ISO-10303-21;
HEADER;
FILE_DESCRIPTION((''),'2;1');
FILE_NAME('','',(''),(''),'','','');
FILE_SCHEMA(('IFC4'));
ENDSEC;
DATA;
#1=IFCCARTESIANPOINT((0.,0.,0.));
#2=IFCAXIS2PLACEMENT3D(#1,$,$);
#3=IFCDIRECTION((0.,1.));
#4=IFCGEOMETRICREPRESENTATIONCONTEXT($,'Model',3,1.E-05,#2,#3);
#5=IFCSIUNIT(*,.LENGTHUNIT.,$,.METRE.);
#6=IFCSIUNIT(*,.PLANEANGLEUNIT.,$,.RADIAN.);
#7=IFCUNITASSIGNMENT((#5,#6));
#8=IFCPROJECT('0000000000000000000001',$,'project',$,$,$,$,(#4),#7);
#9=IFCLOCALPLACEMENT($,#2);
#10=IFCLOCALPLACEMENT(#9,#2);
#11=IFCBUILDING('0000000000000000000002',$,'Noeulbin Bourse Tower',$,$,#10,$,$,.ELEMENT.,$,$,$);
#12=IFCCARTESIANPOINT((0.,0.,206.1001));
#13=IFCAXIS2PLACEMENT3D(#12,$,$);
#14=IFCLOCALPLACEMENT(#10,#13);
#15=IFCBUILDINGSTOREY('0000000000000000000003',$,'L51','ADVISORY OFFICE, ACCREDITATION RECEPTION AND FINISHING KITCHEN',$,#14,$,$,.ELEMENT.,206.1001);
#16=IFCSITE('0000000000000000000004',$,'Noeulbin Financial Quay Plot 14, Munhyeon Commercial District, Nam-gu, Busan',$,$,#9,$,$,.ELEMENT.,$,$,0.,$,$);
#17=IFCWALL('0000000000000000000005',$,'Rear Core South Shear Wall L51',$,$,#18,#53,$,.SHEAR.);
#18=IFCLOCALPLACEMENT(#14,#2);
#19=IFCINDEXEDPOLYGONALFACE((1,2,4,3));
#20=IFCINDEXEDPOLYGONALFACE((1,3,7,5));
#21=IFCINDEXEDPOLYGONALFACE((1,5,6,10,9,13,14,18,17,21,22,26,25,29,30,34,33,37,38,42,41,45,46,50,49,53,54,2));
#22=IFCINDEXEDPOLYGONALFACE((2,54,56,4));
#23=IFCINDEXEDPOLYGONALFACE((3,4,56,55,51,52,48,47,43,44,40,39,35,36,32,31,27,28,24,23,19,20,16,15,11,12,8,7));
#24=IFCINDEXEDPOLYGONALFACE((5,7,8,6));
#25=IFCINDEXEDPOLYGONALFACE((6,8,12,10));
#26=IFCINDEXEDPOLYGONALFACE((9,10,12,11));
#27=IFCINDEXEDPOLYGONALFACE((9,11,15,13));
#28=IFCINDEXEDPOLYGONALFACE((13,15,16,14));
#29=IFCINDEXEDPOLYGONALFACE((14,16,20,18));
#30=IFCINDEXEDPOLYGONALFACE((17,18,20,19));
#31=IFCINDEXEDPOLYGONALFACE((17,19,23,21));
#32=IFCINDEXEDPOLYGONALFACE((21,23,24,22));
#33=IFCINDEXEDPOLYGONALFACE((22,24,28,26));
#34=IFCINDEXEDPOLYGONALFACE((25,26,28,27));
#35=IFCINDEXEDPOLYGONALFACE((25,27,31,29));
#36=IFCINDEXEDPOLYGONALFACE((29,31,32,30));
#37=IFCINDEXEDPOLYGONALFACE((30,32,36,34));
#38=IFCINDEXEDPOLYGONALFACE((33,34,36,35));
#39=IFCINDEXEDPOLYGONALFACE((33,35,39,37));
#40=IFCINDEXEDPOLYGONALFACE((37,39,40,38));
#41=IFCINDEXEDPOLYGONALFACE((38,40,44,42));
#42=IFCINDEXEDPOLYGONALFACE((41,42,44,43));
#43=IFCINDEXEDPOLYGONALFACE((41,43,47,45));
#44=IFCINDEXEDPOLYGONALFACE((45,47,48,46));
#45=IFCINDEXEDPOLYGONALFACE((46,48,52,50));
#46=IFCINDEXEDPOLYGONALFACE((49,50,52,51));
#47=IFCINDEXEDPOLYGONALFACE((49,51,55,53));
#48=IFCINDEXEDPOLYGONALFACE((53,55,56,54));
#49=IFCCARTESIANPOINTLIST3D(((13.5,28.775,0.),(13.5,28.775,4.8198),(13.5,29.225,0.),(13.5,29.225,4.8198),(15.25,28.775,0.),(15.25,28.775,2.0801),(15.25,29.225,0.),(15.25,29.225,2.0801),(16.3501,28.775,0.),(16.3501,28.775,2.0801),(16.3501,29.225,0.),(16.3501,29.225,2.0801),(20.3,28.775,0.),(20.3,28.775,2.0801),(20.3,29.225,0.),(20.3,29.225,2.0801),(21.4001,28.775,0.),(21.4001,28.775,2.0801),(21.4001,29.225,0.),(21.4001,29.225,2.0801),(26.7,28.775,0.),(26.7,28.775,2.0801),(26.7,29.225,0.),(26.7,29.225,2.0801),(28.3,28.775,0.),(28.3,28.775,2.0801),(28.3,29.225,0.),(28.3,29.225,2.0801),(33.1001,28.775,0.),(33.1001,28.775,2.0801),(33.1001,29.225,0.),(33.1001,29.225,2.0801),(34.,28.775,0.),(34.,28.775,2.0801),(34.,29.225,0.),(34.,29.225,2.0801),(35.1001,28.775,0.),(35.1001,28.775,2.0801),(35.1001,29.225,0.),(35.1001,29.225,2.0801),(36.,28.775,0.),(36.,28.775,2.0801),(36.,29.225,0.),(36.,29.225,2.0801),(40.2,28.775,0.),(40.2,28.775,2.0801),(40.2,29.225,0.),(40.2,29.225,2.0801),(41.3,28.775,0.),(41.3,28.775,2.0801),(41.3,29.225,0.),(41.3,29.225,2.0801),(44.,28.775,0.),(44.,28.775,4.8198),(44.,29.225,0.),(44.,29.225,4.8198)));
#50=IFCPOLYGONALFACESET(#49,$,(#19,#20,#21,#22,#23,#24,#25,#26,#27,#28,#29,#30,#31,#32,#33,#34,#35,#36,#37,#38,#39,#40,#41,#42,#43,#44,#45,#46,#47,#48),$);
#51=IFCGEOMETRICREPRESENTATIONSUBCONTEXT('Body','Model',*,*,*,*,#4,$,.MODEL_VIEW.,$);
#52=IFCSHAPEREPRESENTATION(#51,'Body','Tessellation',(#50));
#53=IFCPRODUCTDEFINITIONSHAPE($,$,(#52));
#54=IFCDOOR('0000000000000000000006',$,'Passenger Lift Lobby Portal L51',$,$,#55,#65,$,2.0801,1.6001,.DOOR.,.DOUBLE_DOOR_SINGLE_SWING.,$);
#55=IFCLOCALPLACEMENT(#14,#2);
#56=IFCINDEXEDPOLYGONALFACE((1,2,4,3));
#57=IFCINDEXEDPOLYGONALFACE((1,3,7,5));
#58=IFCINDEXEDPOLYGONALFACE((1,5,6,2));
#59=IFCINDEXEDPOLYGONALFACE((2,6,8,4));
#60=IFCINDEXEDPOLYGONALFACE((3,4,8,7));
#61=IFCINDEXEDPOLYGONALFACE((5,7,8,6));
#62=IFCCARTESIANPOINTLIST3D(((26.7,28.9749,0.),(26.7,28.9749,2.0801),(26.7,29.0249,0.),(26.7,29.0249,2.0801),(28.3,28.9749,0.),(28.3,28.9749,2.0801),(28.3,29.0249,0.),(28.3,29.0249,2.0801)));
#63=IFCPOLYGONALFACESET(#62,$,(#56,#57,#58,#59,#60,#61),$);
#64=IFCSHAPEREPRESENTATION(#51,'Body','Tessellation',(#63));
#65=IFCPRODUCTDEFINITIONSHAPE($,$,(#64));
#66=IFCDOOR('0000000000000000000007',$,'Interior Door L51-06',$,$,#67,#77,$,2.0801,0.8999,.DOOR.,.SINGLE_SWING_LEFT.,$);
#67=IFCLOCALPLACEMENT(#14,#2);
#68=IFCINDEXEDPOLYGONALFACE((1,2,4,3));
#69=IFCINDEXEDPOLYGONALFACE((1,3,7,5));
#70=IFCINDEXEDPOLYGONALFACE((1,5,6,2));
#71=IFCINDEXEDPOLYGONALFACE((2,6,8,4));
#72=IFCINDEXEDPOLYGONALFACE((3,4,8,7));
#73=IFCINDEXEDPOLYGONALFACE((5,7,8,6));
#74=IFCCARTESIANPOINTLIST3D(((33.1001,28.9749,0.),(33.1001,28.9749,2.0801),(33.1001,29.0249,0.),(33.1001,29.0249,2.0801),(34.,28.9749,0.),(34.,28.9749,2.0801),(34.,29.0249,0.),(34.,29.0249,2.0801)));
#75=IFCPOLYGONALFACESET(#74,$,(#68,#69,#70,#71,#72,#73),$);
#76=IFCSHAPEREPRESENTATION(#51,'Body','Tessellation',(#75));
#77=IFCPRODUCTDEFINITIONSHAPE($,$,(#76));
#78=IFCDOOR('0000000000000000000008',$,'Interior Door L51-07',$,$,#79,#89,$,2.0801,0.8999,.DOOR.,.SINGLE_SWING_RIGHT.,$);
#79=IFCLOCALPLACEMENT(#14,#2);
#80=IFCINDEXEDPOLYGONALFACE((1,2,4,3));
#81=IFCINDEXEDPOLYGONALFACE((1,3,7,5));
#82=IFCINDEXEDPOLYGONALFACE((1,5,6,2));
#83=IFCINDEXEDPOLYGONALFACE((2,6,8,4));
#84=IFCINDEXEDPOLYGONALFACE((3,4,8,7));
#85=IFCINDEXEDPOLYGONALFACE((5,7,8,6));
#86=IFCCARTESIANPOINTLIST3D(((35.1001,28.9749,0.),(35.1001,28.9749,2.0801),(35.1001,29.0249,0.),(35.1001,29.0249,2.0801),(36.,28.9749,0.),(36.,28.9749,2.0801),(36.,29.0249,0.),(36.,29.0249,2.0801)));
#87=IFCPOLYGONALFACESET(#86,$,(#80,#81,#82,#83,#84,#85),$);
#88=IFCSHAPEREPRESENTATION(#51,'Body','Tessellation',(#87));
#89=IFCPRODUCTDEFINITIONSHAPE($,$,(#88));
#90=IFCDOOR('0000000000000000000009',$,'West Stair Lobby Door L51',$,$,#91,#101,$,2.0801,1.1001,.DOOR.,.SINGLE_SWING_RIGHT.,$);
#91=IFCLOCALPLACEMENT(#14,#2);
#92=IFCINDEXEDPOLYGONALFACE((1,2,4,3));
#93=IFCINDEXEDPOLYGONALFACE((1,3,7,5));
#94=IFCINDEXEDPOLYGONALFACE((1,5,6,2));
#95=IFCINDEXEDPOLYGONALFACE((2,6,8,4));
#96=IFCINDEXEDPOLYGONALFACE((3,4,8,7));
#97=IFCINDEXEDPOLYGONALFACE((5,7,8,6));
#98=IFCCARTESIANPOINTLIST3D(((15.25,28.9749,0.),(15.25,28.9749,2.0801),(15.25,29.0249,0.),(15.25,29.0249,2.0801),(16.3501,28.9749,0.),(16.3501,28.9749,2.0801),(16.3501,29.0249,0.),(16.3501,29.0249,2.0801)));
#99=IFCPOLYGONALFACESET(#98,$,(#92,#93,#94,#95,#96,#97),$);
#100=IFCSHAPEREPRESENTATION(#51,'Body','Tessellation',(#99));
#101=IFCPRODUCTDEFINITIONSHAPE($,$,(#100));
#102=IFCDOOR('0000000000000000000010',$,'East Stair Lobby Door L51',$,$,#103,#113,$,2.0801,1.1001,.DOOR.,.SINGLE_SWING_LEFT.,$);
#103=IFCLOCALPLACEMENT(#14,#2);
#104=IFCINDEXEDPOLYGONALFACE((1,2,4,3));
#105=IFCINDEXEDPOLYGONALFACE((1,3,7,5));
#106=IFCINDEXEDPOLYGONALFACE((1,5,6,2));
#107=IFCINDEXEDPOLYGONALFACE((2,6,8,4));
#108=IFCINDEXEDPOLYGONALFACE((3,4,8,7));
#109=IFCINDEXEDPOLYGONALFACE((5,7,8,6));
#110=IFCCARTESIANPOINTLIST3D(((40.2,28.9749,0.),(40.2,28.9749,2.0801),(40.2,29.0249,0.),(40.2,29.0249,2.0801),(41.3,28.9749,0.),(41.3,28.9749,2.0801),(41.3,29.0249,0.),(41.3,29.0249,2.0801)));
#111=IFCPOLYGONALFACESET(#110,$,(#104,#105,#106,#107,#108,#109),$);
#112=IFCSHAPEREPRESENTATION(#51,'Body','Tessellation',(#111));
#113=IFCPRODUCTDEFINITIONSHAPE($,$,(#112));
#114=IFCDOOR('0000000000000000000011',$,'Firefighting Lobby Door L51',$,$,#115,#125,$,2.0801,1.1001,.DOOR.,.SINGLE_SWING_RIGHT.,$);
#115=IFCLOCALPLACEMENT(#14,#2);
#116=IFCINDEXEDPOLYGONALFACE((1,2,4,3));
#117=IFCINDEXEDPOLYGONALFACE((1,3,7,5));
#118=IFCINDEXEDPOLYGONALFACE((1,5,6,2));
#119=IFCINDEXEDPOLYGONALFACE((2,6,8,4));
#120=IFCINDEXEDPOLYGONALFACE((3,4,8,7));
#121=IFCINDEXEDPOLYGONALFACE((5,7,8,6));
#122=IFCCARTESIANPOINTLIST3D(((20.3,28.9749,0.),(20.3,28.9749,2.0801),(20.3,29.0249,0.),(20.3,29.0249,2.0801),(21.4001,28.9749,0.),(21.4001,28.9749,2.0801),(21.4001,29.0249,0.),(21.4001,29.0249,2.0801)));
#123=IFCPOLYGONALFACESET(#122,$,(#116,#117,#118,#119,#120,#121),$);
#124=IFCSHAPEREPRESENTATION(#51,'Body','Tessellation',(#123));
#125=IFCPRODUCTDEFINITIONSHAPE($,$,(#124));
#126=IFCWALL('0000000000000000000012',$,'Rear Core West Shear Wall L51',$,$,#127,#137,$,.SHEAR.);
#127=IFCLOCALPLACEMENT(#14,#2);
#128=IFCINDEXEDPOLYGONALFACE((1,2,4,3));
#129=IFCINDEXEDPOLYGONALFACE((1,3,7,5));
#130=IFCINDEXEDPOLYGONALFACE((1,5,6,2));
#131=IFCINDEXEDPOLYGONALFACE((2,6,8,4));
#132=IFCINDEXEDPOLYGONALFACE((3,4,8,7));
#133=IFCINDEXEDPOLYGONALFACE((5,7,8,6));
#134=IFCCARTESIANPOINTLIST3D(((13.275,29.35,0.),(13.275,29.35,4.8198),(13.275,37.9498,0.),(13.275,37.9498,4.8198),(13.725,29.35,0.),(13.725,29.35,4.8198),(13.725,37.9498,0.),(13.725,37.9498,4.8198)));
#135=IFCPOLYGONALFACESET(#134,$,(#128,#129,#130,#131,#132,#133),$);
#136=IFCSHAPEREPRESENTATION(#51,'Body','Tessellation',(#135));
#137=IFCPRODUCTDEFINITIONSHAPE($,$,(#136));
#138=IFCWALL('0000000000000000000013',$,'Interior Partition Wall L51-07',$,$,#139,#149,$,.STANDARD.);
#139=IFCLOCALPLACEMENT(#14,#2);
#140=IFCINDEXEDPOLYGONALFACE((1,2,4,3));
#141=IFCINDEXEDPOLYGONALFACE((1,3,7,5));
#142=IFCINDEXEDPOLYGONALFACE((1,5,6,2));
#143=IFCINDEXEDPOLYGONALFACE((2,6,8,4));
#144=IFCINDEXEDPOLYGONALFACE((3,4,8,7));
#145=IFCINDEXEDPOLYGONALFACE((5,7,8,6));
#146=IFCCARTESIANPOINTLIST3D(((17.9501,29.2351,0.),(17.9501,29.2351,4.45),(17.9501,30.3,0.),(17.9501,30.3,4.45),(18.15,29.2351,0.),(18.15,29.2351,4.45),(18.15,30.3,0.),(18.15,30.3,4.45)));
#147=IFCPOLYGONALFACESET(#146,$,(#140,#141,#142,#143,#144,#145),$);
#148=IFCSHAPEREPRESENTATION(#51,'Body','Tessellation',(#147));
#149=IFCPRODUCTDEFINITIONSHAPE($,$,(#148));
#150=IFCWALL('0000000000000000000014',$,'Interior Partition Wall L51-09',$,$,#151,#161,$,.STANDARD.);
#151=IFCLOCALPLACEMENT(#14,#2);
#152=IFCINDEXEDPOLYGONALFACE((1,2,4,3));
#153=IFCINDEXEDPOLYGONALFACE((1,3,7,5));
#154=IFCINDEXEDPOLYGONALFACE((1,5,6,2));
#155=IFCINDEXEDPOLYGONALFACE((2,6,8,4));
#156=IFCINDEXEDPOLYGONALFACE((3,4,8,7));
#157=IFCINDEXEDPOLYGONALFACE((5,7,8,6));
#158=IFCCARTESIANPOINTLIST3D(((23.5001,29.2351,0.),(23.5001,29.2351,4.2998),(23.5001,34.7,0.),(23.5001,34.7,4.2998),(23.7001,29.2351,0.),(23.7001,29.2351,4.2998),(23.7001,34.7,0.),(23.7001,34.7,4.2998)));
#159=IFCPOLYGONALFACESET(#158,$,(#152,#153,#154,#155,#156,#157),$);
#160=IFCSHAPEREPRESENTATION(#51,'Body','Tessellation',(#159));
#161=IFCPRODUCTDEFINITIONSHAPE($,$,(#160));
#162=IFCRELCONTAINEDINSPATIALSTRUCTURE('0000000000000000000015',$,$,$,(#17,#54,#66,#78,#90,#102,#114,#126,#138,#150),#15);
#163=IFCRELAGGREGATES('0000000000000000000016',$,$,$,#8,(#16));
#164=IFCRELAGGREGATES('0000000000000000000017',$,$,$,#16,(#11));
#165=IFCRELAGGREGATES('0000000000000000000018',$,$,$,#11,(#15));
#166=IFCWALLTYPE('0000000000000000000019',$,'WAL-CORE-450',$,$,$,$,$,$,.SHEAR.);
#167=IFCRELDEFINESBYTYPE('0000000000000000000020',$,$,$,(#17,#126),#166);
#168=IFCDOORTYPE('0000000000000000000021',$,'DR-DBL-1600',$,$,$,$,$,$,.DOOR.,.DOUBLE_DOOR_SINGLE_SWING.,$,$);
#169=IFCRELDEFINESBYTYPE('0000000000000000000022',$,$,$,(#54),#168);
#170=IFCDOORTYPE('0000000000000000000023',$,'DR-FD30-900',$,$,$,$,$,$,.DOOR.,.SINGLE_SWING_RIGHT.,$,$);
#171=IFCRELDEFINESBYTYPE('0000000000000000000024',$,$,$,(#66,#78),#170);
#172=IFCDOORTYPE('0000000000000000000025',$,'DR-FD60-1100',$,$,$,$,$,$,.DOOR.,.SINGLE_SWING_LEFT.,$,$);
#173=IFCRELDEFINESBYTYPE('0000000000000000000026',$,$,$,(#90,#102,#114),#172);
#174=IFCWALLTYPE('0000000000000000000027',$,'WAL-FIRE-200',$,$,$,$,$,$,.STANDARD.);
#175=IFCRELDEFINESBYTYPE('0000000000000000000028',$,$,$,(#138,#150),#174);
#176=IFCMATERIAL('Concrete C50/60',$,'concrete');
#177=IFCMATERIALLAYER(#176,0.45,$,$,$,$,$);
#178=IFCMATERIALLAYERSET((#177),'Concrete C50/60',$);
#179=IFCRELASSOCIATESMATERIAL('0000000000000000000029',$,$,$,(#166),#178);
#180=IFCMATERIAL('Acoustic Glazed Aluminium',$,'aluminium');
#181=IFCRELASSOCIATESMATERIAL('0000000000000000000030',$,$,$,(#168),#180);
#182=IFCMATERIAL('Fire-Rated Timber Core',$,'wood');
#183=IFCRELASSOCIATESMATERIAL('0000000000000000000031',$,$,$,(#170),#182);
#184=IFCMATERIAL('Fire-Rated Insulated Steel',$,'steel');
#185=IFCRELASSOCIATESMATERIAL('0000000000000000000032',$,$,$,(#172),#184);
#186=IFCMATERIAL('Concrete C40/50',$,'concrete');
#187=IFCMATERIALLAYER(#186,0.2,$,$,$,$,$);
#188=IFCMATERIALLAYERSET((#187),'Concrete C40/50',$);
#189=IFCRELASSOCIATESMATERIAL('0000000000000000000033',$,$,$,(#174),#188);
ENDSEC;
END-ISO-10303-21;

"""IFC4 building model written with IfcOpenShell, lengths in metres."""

from ifc_helpers import new_model, si_unit, direction, frame, frame_2d, origin, place, context, subcontext, project, spatial, rectangle, extrude, material, layer, layer_set, type_object, element, fill, save


model = new_model("IFC4")

# Units and contexts
model_context = context("Model", 3, precision=1e-05, world=origin(), true_north=direction((0.0, 1.0)))
body_context = subcontext(model_context, "Body", "Model", "MODEL_VIEW")
ifc_project = project(units=[si_unit("LENGTHUNIT", "METRE"), si_unit("PLANEANGLEUNIT", "RADIAN")], contexts=[model_context])

# Site, building, storey
site_placement = place(None, origin())
site = spatial("IfcSite", under=ifc_project, at=site_placement, Name="Noeulbin Financial Quay Plot 14, Munhyeon Commercial District, Nam-gu, Busan", CompositionType="ELEMENT", RefElevation=0.0)
building_placement = place(site_placement, origin())
building = spatial("IfcBuilding", under=site, at=building_placement, Name="Noeulbin Bourse Tower", CompositionType="ELEMENT")
storey_placement = place(building_placement, frame((0.0, 0.0, 206.1001)))
storey = spatial("IfcBuildingStorey", under=building, at=storey_placement, Name="L51", Description="ADVISORY OFFICE, ACCREDITATION RECEPTION AND FINISHING KITCHEN", CompositionType="ELEMENT", Elevation=206.1001)

# Wall, openings, doors
ifc_material_1 = material(Name="Concrete C50/60", Category="concrete")
ifc_layer_1 = layer(ifc_material_1, 0.45)
ifc_layer_set_1 = layer_set([ifc_layer_1], Name="Concrete C50/60")
wall_type_1 = type_object("IfcWallType", Name="WAL-CORE-450", PredefinedType="SHEAR", material=ifc_layer_set_1)
wall_1_placement = place(storey_placement, frame((13.5, 29.0, 0.0), z_axis=(0.0, 0.0, 1.0), x_axis=(1.0, 0.0, 0.0)))
wall_1 = element("IfcWall", 1, at=wall_1_placement, inside=storey, type_object=wall_type_1, Name="Rear Core South Shear Wall L51", PredefinedType="SHEAR", context=body_context, shape_type="SweptSolid", body=[
    extrude(rectangle(XDim=30.5, YDim=0.45, at=frame_2d((15.25, 0.0))), origin(), (0.0, 0.0, 1.0), 4.8198),
])
opening_1_placement = place(wall_1_placement, frame((1.75, 0.0, 0.0)))
opening_1 = element("IfcOpeningElement", 2, at=opening_1_placement, cuts=wall_1, PredefinedType="OPENING", context=body_context, shape_type="SweptSolid", body=[
    extrude(rectangle(XDim=1.1001, YDim=2.0801, at=frame_2d((0.55, 1.04))), frame((0.0, 0.2349, 0.0), z_axis=(0.0, -1.0, 0.0), x_axis=(1.0, 0.0, 0.0)), (0.0, 0.0, 1.0), 0.47),
])
opening_2_placement = place(wall_1_placement, frame((26.7, 0.0, 0.0)))
opening_2 = element("IfcOpeningElement", 3, at=opening_2_placement, cuts=wall_1, PredefinedType="OPENING", context=body_context, shape_type="SweptSolid", body=[
    extrude(rectangle(XDim=1.1001, YDim=2.0801, at=frame_2d((0.55, 1.04))), frame((0.0, 0.2349, 0.0), z_axis=(0.0, -1.0, 0.0), x_axis=(1.0, 0.0, 0.0)), (0.0, 0.0, 1.0), 0.47),
])
opening_3_placement = place(wall_1_placement, frame((6.8, 0.0, 0.0)))
opening_3 = element("IfcOpeningElement", 4, at=opening_3_placement, cuts=wall_1, PredefinedType="OPENING", context=body_context, shape_type="SweptSolid", body=[
    extrude(rectangle(XDim=1.1001, YDim=2.0801, at=frame_2d((0.55, 1.04))), frame((0.0, 0.2349, 0.0), z_axis=(0.0, -1.0, 0.0), x_axis=(1.0, 0.0, 0.0)), (0.0, 0.0, 1.0), 0.47),
])
opening_4_placement = place(wall_1_placement, frame((13.2, 0.0, 0.0)))
opening_4 = element("IfcOpeningElement", 5, at=opening_4_placement, cuts=wall_1, PredefinedType="OPENING", context=body_context, shape_type="SweptSolid", body=[
    extrude(rectangle(XDim=1.6001, YDim=2.0801, at=frame_2d((0.8, 1.04))), frame((0.0, 0.2349, 0.0), z_axis=(0.0, -1.0, 0.0), x_axis=(1.0, 0.0, 0.0)), (0.0, 0.0, 1.0), 0.47),
])
opening_5_placement = place(wall_1_placement, frame((19.6001, 0.0, 0.0)))
opening_5 = element("IfcOpeningElement", 6, at=opening_5_placement, cuts=wall_1, PredefinedType="OPENING", context=body_context, shape_type="SweptSolid", body=[
    extrude(rectangle(XDim=0.8999, YDim=2.0801, at=frame_2d((0.45, 1.04))), frame((0.0, 0.2349, 0.0), z_axis=(0.0, -1.0, 0.0), x_axis=(1.0, 0.0, 0.0)), (0.0, 0.0, 1.0), 0.47),
])
opening_6_placement = place(wall_1_placement, frame((21.6001, 0.0, 0.0)))
opening_6 = element("IfcOpeningElement", 7, at=opening_6_placement, cuts=wall_1, PredefinedType="OPENING", context=body_context, shape_type="SweptSolid", body=[
    extrude(rectangle(XDim=0.8999, YDim=2.0801, at=frame_2d((0.45, 1.04))), frame((0.0, 0.2349, 0.0), z_axis=(0.0, -1.0, 0.0), x_axis=(1.0, 0.0, 0.0)), (0.0, 0.0, 1.0), 0.47),
])
ifc_material_2 = material(Name="Acoustic Glazed Aluminium", Category="aluminium")
door_type_1 = type_object("IfcDoorType", Name="DR-DBL-1600", OperationType="DOUBLE_DOOR_SINGLE_SWING", PredefinedType="DOOR", material=ifc_material_2)
door_1_placement = place(opening_4_placement, origin())
door_1 = element("IfcDoor", 8, at=door_1_placement, inside=storey, type_object=door_type_1, Name="Passenger Lift Lobby Portal L51", OperationType="DOUBLE_DOOR_SINGLE_SWING", OverallHeight=2.0801, OverallWidth=1.6001, PredefinedType="DOOR", context=body_context, shape_type="SweptSolid", body=[
    extrude(rectangle(XDim=1.6001, YDim=2.0801, at=frame_2d((0.8, 1.04))), frame((0.0, 0.0249, 0.0), z_axis=(0.0, -1.0, 0.0), x_axis=(1.0, 0.0, 0.0)), (0.0, 0.0, 1.0), 0.05),
])
fill(opening_4, door_1)
ifc_material_3 = material(Name="Fire-Rated Timber Core", Category="wood")
door_type_2 = type_object("IfcDoorType", Name="DR-FD30-900", OperationType="SINGLE_SWING_RIGHT", PredefinedType="DOOR", material=ifc_material_3)
door_2_placement = place(opening_5_placement, origin())
door_2 = element("IfcDoor", 9, at=door_2_placement, inside=storey, type_object=door_type_2, Name="Interior Door L51-06", OperationType="SINGLE_SWING_LEFT", OverallHeight=2.0801, OverallWidth=0.8999, PredefinedType="DOOR", context=body_context, shape_type="SweptSolid", body=[
    extrude(rectangle(XDim=0.8999, YDim=2.0801, at=frame_2d((0.45, 1.04))), frame((0.0, 0.0249, 0.0), z_axis=(0.0, -1.0, 0.0), x_axis=(1.0, 0.0, 0.0)), (0.0, 0.0, 1.0), 0.05),
])
fill(opening_5, door_2)
door_3_placement = place(opening_6_placement, origin())
door_3 = element("IfcDoor", 10, at=door_3_placement, inside=storey, type_object=door_type_2, Name="Interior Door L51-07", OperationType="SINGLE_SWING_RIGHT", OverallHeight=2.0801, OverallWidth=0.8999, PredefinedType="DOOR", context=body_context, shape_type="SweptSolid", body=[
    extrude(rectangle(XDim=0.8999, YDim=2.0801, at=frame_2d((0.45, 1.04))), frame((0.0, 0.0249, 0.0), z_axis=(0.0, -1.0, 0.0), x_axis=(1.0, 0.0, 0.0)), (0.0, 0.0, 1.0), 0.05),
])
fill(opening_6, door_3)
ifc_material_4 = material(Name="Fire-Rated Insulated Steel", Category="steel")
door_type_3 = type_object("IfcDoorType", Name="DR-FD60-1100", OperationType="SINGLE_SWING_LEFT", PredefinedType="DOOR", material=ifc_material_4)
door_4_placement = place(opening_1_placement, origin())
door_4 = element("IfcDoor", 11, at=door_4_placement, inside=storey, type_object=door_type_3, Name="West Stair Lobby Door L51", OperationType="SINGLE_SWING_RIGHT", OverallHeight=2.0801, OverallWidth=1.1001, PredefinedType="DOOR", context=body_context, shape_type="SweptSolid", body=[
    extrude(rectangle(XDim=1.1001, YDim=2.0801, at=frame_2d((0.55, 1.04))), frame((0.0, 0.0249, 0.0), z_axis=(0.0, -1.0, 0.0), x_axis=(1.0, 0.0, 0.0)), (0.0, 0.0, 1.0), 0.05),
])
fill(opening_1, door_4)
door_5_placement = place(opening_2_placement, origin())
door_5 = element("IfcDoor", 12, at=door_5_placement, inside=storey, type_object=door_type_3, Name="East Stair Lobby Door L51", OperationType="SINGLE_SWING_LEFT", OverallHeight=2.0801, OverallWidth=1.1001, PredefinedType="DOOR", context=body_context, shape_type="SweptSolid", body=[
    extrude(rectangle(XDim=1.1001, YDim=2.0801, at=frame_2d((0.55, 1.04))), frame((0.0, 0.0249, 0.0), z_axis=(0.0, -1.0, 0.0), x_axis=(1.0, 0.0, 0.0)), (0.0, 0.0, 1.0), 0.05),
])
fill(opening_2, door_5)
door_6_placement = place(opening_3_placement, origin())
door_6 = element("IfcDoor", 13, at=door_6_placement, inside=storey, type_object=door_type_3, Name="Firefighting Lobby Door L51", OperationType="SINGLE_SWING_RIGHT", OverallHeight=2.0801, OverallWidth=1.1001, PredefinedType="DOOR", context=body_context, shape_type="SweptSolid", body=[
    extrude(rectangle(XDim=1.1001, YDim=2.0801, at=frame_2d((0.55, 1.04))), frame((0.0, 0.0249, 0.0), z_axis=(0.0, -1.0, 0.0), x_axis=(1.0, 0.0, 0.0)), (0.0, 0.0, 1.0), 0.05),
])
fill(opening_3, door_6)

# Walls
wall_2_placement = place(storey_placement, frame((13.5, 29.3501, 0.0), z_axis=(0.0, 0.0, 1.0), x_axis=(0.0, 1.0, 0.0)))
element("IfcWall", 14, at=wall_2_placement, inside=storey, type_object=wall_type_1, Name="Rear Core West Shear Wall L51", PredefinedType="SHEAR", context=body_context, shape_type="SweptSolid", body=[
    extrude(rectangle(XDim=8.5999, YDim=0.45, at=frame_2d((4.2998, 0.0))), origin(), (0.0, 0.0, 1.0), 4.8198),
])
ifc_material_5 = material(Name="Concrete C40/50", Category="concrete")
ifc_layer_2 = layer(ifc_material_5, 0.2)
ifc_layer_set_2 = layer_set([ifc_layer_2], Name="Concrete C40/50")
wall_type_2 = type_object("IfcWallType", Name="WAL-FIRE-200", PredefinedType="STANDARD", material=ifc_layer_set_2)
wall_3_placement = place(storey_placement, frame((18.05, 29.2351, 0.0), z_axis=(0.0, 0.0, 1.0), x_axis=(0.0, 1.0, 0.0)))
element("IfcWall", 15, at=wall_3_placement, inside=storey, type_object=wall_type_2, Name="Interior Partition Wall L51-07", PredefinedType="STANDARD", context=body_context, shape_type="SweptSolid", body=[
    extrude(rectangle(XDim=1.0649, YDim=0.2, at=frame_2d((0.5325, 0.0))), origin(), (0.0, 0.0, 1.0), 4.45),
])
wall_4_placement = place(storey_placement, frame((23.6001, 29.2351, 0.0), z_axis=(0.0, 0.0, 1.0), x_axis=(0.0, 1.0, 0.0)))
element("IfcWall", 16, at=wall_4_placement, inside=storey, type_object=wall_type_2, Name="Interior Partition Wall L51-09", PredefinedType="STANDARD", context=body_context, shape_type="SweptSolid", body=[
    extrude(rectangle(XDim=5.4648, YDim=0.2, at=frame_2d((2.7324, 0.0))), origin(), (0.0, 0.0, 1.0), 4.2998),
])

save(model, "model.ifc")
